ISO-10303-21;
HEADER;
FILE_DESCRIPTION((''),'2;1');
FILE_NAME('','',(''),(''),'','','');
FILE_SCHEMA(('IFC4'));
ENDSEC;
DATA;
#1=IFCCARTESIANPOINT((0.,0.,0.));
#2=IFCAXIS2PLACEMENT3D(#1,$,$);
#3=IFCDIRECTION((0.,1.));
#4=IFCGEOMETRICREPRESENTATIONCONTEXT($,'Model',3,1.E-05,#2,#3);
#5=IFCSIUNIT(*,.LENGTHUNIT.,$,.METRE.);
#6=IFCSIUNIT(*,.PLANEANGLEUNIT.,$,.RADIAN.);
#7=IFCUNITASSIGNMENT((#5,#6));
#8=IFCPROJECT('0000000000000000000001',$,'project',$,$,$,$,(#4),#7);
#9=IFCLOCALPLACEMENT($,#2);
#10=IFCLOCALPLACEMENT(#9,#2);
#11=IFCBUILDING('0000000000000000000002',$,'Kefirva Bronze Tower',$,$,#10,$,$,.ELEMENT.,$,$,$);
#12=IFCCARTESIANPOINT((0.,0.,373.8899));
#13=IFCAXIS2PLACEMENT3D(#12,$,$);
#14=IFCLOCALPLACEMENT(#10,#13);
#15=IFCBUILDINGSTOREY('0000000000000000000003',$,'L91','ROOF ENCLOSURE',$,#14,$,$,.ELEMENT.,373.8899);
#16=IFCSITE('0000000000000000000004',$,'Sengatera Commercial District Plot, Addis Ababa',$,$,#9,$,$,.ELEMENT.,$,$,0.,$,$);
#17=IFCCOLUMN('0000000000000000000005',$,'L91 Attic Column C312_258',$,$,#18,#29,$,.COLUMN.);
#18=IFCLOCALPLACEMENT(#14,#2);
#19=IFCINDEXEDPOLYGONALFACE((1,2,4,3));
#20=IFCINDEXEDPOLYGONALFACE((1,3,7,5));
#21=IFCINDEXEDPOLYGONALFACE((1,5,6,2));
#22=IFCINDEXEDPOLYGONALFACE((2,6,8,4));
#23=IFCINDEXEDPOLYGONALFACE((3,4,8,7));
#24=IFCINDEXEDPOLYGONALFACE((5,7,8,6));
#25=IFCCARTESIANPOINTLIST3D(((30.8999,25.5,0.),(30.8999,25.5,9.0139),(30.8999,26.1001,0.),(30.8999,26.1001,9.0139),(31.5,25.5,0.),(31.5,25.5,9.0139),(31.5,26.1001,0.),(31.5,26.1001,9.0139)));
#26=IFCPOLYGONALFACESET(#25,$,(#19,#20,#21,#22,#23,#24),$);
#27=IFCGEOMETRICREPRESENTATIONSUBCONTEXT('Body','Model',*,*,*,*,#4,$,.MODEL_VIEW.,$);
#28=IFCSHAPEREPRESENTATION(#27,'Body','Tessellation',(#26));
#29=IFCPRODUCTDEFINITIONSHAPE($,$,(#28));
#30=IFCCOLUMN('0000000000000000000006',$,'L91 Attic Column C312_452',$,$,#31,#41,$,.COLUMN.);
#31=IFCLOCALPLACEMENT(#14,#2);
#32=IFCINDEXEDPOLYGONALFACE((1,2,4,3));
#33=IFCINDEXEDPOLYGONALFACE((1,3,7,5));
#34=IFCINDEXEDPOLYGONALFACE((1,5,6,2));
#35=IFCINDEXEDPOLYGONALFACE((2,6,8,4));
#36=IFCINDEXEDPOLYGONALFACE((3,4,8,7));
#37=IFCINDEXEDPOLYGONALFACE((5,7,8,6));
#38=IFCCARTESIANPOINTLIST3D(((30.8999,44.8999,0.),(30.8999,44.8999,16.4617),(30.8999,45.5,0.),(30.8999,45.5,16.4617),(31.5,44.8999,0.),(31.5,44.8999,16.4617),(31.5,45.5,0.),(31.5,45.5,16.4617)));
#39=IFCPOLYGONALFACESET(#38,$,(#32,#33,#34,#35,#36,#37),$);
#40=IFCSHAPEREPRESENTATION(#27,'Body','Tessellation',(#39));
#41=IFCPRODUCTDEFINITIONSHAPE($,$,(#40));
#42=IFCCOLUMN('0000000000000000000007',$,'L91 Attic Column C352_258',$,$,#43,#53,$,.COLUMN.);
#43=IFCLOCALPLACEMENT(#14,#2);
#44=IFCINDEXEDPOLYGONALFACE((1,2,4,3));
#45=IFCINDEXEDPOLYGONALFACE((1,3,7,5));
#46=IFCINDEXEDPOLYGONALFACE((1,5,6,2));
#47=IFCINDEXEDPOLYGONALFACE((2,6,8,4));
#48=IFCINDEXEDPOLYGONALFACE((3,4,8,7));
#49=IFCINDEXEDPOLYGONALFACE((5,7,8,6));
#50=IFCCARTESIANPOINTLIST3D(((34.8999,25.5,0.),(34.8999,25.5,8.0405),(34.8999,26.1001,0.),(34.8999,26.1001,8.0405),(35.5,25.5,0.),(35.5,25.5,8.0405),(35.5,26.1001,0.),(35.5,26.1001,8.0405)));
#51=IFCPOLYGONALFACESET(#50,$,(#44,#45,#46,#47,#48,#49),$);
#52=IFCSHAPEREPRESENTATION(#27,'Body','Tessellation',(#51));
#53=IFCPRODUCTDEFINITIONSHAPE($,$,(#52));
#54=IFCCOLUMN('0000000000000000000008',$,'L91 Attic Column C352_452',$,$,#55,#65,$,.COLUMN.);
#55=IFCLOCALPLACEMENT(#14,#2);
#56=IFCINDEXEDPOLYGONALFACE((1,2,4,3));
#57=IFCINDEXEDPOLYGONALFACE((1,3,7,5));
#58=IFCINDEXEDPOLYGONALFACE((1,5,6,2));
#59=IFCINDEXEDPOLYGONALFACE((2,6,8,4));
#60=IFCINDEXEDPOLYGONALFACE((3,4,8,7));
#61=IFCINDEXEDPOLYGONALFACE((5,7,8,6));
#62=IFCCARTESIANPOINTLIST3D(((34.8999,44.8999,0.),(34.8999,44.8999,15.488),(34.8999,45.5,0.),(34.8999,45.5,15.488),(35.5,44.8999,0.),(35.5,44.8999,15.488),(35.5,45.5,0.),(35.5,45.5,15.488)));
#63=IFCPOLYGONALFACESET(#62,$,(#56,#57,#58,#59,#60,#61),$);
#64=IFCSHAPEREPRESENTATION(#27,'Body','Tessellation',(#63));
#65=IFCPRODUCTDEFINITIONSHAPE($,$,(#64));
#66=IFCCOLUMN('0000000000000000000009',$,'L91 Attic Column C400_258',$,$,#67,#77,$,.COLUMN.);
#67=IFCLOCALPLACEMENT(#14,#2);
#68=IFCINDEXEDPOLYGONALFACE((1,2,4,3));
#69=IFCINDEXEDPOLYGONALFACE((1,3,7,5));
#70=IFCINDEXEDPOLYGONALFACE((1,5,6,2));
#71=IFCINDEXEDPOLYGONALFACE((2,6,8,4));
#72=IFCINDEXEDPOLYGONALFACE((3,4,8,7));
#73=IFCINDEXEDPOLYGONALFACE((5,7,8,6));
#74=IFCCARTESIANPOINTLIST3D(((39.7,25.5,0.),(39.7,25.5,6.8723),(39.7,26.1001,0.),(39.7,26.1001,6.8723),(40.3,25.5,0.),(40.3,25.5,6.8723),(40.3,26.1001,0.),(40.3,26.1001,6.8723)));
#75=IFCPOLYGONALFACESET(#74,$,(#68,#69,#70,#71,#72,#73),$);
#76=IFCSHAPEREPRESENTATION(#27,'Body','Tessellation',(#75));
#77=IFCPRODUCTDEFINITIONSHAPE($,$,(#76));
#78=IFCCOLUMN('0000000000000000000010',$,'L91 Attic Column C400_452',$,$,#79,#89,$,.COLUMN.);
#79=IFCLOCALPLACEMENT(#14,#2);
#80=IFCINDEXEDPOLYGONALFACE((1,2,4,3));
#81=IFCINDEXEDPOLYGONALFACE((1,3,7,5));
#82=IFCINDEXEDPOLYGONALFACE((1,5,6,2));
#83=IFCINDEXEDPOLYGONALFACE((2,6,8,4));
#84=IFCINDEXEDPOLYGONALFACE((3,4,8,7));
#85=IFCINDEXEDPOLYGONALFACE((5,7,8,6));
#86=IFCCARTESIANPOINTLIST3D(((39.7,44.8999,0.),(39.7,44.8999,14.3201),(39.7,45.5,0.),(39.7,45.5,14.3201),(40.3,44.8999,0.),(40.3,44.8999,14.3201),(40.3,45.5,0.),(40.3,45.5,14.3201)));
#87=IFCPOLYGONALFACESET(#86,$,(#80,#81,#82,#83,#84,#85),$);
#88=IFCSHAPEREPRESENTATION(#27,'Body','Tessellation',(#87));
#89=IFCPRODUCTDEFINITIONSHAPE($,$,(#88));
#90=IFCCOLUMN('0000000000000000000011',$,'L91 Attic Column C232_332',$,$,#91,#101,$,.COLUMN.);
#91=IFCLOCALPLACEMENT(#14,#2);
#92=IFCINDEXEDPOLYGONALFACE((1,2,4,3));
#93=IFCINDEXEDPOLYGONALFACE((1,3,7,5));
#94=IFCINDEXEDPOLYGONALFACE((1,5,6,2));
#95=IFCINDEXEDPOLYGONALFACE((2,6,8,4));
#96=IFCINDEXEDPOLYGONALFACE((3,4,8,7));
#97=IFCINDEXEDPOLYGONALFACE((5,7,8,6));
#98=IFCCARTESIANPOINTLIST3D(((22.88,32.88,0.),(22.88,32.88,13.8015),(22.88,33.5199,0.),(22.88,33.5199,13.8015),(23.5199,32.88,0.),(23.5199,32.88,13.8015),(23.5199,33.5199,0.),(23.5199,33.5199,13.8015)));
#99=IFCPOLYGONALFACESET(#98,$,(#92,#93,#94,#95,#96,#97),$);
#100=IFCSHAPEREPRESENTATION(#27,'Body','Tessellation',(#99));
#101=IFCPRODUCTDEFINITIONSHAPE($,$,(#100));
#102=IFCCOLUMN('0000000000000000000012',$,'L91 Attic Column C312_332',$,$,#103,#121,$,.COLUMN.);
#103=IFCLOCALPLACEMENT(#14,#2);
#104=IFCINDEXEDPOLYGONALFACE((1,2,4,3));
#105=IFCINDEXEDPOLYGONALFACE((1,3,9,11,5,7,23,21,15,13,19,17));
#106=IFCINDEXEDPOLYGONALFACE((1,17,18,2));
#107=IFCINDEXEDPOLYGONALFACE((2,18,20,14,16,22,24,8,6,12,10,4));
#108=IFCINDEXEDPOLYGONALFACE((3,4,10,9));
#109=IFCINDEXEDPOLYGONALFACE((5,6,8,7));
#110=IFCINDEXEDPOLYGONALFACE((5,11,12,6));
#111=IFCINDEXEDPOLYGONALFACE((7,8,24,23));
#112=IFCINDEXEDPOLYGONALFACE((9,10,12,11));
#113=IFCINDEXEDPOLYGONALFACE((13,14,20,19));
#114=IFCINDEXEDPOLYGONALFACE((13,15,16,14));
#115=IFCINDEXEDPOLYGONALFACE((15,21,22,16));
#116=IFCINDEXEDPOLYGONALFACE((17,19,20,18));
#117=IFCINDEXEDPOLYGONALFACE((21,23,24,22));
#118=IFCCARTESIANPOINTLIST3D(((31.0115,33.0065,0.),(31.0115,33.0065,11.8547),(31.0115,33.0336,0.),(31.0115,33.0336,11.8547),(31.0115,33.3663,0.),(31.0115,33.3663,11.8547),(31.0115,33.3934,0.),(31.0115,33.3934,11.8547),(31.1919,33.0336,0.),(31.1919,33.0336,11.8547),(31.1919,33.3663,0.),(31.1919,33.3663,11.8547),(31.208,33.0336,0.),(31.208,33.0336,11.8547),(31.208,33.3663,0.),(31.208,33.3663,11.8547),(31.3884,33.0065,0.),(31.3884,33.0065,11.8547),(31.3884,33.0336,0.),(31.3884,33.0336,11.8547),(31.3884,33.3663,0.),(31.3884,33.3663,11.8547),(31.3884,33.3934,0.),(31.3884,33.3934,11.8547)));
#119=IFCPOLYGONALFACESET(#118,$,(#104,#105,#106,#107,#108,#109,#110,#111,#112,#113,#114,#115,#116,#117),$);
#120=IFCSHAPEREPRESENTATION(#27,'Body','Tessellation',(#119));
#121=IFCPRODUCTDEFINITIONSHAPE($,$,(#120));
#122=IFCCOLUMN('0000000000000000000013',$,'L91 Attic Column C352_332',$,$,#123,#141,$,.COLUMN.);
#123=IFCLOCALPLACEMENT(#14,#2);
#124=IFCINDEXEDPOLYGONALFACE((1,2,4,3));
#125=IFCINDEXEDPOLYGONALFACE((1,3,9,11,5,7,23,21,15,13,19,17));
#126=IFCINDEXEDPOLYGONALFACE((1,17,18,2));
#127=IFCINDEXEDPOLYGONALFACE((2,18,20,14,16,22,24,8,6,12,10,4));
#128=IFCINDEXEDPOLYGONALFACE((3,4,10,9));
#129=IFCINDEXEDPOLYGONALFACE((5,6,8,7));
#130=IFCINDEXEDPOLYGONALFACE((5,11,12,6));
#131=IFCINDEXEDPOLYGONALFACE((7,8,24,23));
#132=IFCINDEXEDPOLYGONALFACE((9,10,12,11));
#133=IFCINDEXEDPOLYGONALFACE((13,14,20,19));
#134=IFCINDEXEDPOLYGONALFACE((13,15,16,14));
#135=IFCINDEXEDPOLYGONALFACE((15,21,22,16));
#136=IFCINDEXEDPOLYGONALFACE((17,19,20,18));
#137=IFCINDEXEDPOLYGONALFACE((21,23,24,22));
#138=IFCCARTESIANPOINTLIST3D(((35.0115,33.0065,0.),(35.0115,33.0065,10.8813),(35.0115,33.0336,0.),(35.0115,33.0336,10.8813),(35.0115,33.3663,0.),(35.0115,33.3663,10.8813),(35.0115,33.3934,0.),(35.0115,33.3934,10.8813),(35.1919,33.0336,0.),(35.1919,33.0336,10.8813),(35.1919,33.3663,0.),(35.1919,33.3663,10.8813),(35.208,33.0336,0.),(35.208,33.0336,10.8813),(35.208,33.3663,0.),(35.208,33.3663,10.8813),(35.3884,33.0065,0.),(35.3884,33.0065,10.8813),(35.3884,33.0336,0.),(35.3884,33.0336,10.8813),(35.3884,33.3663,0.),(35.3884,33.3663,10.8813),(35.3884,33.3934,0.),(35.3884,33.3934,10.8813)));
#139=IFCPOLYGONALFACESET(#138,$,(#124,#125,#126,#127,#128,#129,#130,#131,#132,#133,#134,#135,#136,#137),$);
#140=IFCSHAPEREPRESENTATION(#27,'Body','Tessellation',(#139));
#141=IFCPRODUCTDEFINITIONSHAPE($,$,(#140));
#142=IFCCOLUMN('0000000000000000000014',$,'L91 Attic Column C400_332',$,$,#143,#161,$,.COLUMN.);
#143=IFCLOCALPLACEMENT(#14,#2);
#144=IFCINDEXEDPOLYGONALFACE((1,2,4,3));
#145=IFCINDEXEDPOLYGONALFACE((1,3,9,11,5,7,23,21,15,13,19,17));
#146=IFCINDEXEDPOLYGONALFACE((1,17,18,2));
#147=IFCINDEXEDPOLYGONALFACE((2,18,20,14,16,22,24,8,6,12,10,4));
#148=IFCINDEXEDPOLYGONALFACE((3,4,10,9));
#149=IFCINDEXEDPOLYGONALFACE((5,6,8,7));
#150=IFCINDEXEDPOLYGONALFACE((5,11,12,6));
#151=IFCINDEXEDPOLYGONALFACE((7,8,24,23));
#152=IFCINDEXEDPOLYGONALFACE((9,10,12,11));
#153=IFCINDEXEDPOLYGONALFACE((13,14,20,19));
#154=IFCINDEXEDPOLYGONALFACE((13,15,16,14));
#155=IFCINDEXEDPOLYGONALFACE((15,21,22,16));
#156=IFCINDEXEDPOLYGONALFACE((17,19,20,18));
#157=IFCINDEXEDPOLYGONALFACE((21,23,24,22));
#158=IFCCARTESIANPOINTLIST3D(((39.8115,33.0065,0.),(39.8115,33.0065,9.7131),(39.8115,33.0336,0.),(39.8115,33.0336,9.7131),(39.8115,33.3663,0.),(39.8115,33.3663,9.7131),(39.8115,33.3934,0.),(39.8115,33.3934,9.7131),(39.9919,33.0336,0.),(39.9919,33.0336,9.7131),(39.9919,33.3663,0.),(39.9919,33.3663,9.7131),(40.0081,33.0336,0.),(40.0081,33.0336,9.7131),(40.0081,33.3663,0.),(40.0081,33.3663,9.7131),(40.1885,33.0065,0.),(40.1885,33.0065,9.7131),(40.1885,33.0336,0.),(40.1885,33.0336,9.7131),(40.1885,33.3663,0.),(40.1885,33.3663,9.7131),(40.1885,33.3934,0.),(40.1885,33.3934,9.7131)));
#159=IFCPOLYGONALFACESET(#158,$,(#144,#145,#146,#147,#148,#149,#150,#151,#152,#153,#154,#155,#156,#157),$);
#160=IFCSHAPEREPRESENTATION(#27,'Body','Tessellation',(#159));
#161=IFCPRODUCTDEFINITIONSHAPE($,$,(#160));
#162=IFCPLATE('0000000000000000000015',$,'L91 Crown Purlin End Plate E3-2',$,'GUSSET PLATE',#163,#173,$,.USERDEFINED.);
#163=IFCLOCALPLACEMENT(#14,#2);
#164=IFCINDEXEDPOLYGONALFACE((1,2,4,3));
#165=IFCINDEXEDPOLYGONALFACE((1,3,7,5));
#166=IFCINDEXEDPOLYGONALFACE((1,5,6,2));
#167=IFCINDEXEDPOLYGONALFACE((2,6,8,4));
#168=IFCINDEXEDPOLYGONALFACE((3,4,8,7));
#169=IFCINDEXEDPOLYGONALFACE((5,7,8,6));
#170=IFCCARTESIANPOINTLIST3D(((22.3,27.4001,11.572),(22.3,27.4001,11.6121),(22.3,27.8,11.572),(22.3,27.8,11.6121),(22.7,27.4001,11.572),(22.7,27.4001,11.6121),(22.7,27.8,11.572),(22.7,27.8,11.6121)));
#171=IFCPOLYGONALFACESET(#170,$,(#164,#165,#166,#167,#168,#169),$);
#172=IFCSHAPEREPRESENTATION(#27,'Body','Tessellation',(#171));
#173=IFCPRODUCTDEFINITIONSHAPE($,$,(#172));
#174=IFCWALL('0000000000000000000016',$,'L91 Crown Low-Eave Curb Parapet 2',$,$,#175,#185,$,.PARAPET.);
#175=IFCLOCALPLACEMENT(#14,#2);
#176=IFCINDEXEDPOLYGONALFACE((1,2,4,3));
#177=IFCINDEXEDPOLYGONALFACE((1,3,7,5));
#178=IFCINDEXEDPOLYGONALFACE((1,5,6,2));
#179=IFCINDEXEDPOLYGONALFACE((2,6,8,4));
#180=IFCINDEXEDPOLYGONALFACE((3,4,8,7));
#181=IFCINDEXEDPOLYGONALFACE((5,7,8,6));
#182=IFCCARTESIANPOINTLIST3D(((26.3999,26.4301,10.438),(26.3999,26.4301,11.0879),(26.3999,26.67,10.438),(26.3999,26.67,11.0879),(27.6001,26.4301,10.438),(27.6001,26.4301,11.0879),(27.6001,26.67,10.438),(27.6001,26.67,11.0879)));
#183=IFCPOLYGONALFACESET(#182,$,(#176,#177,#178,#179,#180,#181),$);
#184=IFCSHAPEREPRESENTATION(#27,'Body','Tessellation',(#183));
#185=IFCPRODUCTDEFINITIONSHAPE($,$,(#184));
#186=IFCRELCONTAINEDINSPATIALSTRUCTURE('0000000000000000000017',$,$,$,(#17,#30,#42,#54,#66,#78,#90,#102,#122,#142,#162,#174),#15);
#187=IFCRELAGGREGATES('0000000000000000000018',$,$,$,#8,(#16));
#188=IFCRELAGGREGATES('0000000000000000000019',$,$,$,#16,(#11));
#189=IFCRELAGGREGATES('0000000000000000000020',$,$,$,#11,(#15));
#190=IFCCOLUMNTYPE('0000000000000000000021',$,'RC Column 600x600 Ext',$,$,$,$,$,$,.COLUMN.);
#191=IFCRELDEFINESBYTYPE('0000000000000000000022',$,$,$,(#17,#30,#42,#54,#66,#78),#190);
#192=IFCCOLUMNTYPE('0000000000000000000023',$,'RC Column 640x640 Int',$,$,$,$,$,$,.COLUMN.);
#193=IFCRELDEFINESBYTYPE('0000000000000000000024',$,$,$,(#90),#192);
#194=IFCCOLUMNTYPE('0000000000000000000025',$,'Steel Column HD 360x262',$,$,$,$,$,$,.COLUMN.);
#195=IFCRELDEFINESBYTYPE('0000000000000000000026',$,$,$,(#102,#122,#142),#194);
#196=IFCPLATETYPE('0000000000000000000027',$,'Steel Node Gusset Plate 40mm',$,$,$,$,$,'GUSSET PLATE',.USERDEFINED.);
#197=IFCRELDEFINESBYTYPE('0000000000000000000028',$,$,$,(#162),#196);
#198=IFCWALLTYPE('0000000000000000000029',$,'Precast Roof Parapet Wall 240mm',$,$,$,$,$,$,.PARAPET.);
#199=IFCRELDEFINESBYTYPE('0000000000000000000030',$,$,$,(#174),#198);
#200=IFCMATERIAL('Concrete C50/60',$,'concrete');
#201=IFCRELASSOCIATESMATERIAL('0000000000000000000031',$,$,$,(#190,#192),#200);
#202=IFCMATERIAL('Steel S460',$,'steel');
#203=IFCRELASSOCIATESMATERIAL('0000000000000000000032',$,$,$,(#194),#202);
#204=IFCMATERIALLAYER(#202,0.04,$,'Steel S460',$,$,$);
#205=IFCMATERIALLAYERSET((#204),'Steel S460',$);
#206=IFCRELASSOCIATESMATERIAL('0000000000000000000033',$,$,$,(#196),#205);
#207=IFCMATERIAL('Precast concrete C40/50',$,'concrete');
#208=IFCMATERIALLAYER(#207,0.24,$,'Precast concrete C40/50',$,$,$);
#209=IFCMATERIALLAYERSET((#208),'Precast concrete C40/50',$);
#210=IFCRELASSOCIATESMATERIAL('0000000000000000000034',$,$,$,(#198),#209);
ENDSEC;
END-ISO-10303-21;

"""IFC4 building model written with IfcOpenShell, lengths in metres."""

from ifc_helpers import new_model, si_unit, direction, frame, frame_2d, origin, origin_2d, place, context, subcontext, project, spatial, rectangle, i_section, extrude, material, layer, layer_set, material_profile, profile_set, type_object, element, save


model = new_model("IFC4")

# Units and contexts
model_context = context("Model", 3, precision=1e-05, world=origin(), true_north=direction((0.0, 1.0)))
body_context = subcontext(model_context, "Body", "Model", "MODEL_VIEW")
ifc_project = project(units=[si_unit("LENGTHUNIT", "METRE"), si_unit("PLANEANGLEUNIT", "RADIAN")], contexts=[model_context])

# Site, building, storey
site_placement = place(None, origin())
site = spatial("IfcSite", under=ifc_project, at=site_placement, Name="Sengatera Commercial District Plot, Addis Ababa", CompositionType="ELEMENT", RefElevation=0.0)
building_placement = place(site_placement, origin())
building = spatial("IfcBuilding", under=site, at=building_placement, Name="Kefirva Bronze Tower", CompositionType="ELEMENT")
storey_placement = place(building_placement, frame((0.0, 0.0, 373.8899)))
storey = spatial("IfcBuildingStorey", under=building, at=storey_placement, Name="L91", Description="ROOF ENCLOSURE", CompositionType="ELEMENT", Elevation=373.8899)

# Columns
ifc_material_1 = material(Name="Concrete C50/60", Category="concrete")
ifc_material_profile_1 = material_profile(ifc_material_1, rectangle(XDim=0.6001, YDim=0.6001, at=origin_2d()), Name="RC 600x600")
ifc_profile_set_1 = profile_set([ifc_material_profile_1], Name="Concrete C50/60")
column_type_1 = type_object("IfcColumnType", Name="RC Column 600x600 Ext", PredefinedType="COLUMN", material=ifc_profile_set_1)
column_1_placement = place(storey_placement, frame((31.2, 25.8, 0.0), z_axis=(0.0, 0.0, 1.0), x_axis=(1.0, 0.0, 0.0)))
element("IfcColumn", 1, at=column_1_placement, inside=storey, type_object=column_type_1, Name="L91 Attic Column C312_258", PredefinedType="COLUMN", context=body_context, shape_type="SweptSolid", body=[
    extrude(rectangle(XDim=0.6001, YDim=0.6001, at=origin_2d()), origin(), (0.0, 0.0, 1.0), 9.0139),
])
column_2_placement = place(storey_placement, frame((31.2, 45.2, 0.0), z_axis=(0.0, 0.0, 1.0), x_axis=(1.0, 0.0, 0.0)))
element("IfcColumn", 2, at=column_2_placement, inside=storey, type_object=column_type_1, Name="L91 Attic Column C312_452", PredefinedType="COLUMN", context=body_context, shape_type="SweptSolid", body=[
    extrude(rectangle(XDim=0.6001, YDim=0.6001, at=origin_2d()), origin(), (0.0, 0.0, 1.0), 16.4617),
])
column_3_placement = place(storey_placement, frame((35.2, 25.8, 0.0), z_axis=(0.0, 0.0, 1.0), x_axis=(1.0, 0.0, 0.0)))
element("IfcColumn", 3, at=column_3_placement, inside=storey, type_object=column_type_1, Name="L91 Attic Column C352_258", PredefinedType="COLUMN", context=body_context, shape_type="SweptSolid", body=[
    extrude(rectangle(XDim=0.6001, YDim=0.6001, at=origin_2d()), origin(), (0.0, 0.0, 1.0), 8.0405),
])
column_4_placement = place(storey_placement, frame((35.2, 45.2, 0.0), z_axis=(0.0, 0.0, 1.0), x_axis=(1.0, 0.0, 0.0)))
element("IfcColumn", 4, at=column_4_placement, inside=storey, type_object=column_type_1, Name="L91 Attic Column C352_452", PredefinedType="COLUMN", context=body_context, shape_type="SweptSolid", body=[
    extrude(rectangle(XDim=0.6001, YDim=0.6001, at=origin_2d()), origin(), (0.0, 0.0, 1.0), 15.488),
])
column_5_placement = place(storey_placement, frame((40.0, 25.8, 0.0), z_axis=(0.0, 0.0, 1.0), x_axis=(1.0, 0.0, 0.0)))
element("IfcColumn", 5, at=column_5_placement, inside=storey, type_object=column_type_1, Name="L91 Attic Column C400_258", PredefinedType="COLUMN", context=body_context, shape_type="SweptSolid", body=[
    extrude(rectangle(XDim=0.6001, YDim=0.6001, at=origin_2d()), origin(), (0.0, 0.0, 1.0), 6.8723),
])
column_6_placement = place(storey_placement, frame((40.0, 45.2, 0.0), z_axis=(0.0, 0.0, 1.0), x_axis=(1.0, 0.0, 0.0)))
element("IfcColumn", 6, at=column_6_placement, inside=storey, type_object=column_type_1, Name="L91 Attic Column C400_452", PredefinedType="COLUMN", context=body_context, shape_type="SweptSolid", body=[
    extrude(rectangle(XDim=0.6001, YDim=0.6001, at=origin_2d()), origin(), (0.0, 0.0, 1.0), 14.3201),
])
ifc_material_profile_2 = material_profile(ifc_material_1, rectangle(XDim=0.6399, YDim=0.6399, at=origin_2d()), Name="RC 640x640")
ifc_profile_set_2 = profile_set([ifc_material_profile_2], Name="Concrete C50/60")
column_type_2 = type_object("IfcColumnType", Name="RC Column 640x640 Int", PredefinedType="COLUMN", material=ifc_profile_set_2)
column_7_placement = place(storey_placement, frame((23.2, 33.2, 0.0), z_axis=(0.0, 0.0, 1.0), x_axis=(1.0, 0.0, 0.0)))
element("IfcColumn", 7, at=column_7_placement, inside=storey, type_object=column_type_2, Name="L91 Attic Column C232_332", PredefinedType="COLUMN", context=body_context, shape_type="SweptSolid", body=[
    extrude(rectangle(XDim=0.6399, YDim=0.6399, at=origin_2d()), origin(), (0.0, 0.0, 1.0), 13.8015),
])
ifc_material_2 = material(Name="Steel S460", Category="steel")
ifc_material_profile_3 = material_profile(ifc_material_2, i_section(OverallWidth=0.377, OverallDepth=0.387, WebThickness=0.0161, FlangeThickness=0.0271, at=origin_2d()), Name="HD 360x262")
ifc_profile_set_3 = profile_set([ifc_material_profile_3], Name="Steel S460")
column_type_3 = type_object("IfcColumnType", Name="Steel Column HD 360x262", PredefinedType="COLUMN", material=ifc_profile_set_3)
column_8_placement = place(storey_placement, frame((31.2, 33.2, 0.0), z_axis=(0.0, 0.0, 1.0), x_axis=(1.0, 0.0, 0.0)))
element("IfcColumn", 8, at=column_8_placement, inside=storey, type_object=column_type_3, Name="L91 Attic Column C312_332", PredefinedType="COLUMN", context=body_context, shape_type="SweptSolid", body=[
    extrude(i_section(OverallWidth=0.377, OverallDepth=0.387, WebThickness=0.0161, FlangeThickness=0.0271, at=origin_2d()), origin(), (0.0, 0.0, 1.0), 11.8547),
])
column_9_placement = place(storey_placement, frame((35.2, 33.2, 0.0), z_axis=(0.0, 0.0, 1.0), x_axis=(1.0, 0.0, 0.0)))
element("IfcColumn", 9, at=column_9_placement, inside=storey, type_object=column_type_3, Name="L91 Attic Column C352_332", PredefinedType="COLUMN", context=body_context, shape_type="SweptSolid", body=[
    extrude(i_section(OverallWidth=0.377, OverallDepth=0.387, WebThickness=0.0161, FlangeThickness=0.0271, at=origin_2d()), origin(), (0.0, 0.0, 1.0), 10.8813),
])
column_10_placement = place(storey_placement, frame((40.0, 33.2, 0.0), z_axis=(0.0, 0.0, 1.0), x_axis=(1.0, 0.0, 0.0)))
element("IfcColumn", 10, at=column_10_placement, inside=storey, type_object=column_type_3, Name="L91 Attic Column C400_332", PredefinedType="COLUMN", context=body_context, shape_type="SweptSolid", body=[
    extrude(i_section(OverallWidth=0.377, OverallDepth=0.387, WebThickness=0.0161, FlangeThickness=0.0271, at=origin_2d()), origin(), (0.0, 0.0, 1.0), 9.7131),
])

# Plate
ifc_layer_1 = layer(ifc_material_2, 0.04, Name="Steel S460")
ifc_layer_set_1 = layer_set([ifc_layer_1], Name="Steel S460")
plate_type = type_object("IfcPlateType", Name="Steel Node Gusset Plate 40mm", ElementType="GUSSET PLATE", PredefinedType="USERDEFINED", material=ifc_layer_set_1)
plate_placement = place(storey_placement, frame((22.5, 27.6001, 11.572), z_axis=(0.0, 0.0, 1.0), x_axis=(1.0, 0.0, 0.0)))
element("IfcPlate", 11, at=plate_placement, inside=storey, type_object=plate_type, Name="L91 Crown Purlin End Plate E3-2", ObjectType="GUSSET PLATE", PredefinedType="USERDEFINED", context=body_context, shape_type="SweptSolid", body=[
    extrude(rectangle(XDim=0.3999, YDim=0.3999, at=origin_2d()), origin(), (0.0, 0.0, 1.0), 0.04),
])

# Wall
ifc_material_3 = material(Name="Precast concrete C40/50", Category="concrete")
ifc_layer_2 = layer(ifc_material_3, 0.24, Name="Precast concrete C40/50")
ifc_layer_set_2 = layer_set([ifc_layer_2], Name="Precast concrete C40/50")
wall_type_1 = type_object("IfcWallType", Name="Precast Roof Parapet Wall 240mm", PredefinedType="PARAPET", material=ifc_layer_set_2)
wall_1_placement = place(storey_placement, frame((26.3999, 26.55, 10.438), z_axis=(0.0, 0.0, 1.0), x_axis=(1.0, 0.0, 0.0)))
element("IfcWall", 12, at=wall_1_placement, inside=storey, type_object=wall_type_1, Name="L91 Crown Low-Eave Curb Parapet 2", PredefinedType="PARAPET", context=body_context, shape_type="SweptSolid", body=[
    extrude(rectangle(XDim=1.2002, YDim=0.24, at=frame_2d((0.6001, 0.0))), origin(), (0.0, 0.0, 1.0), 0.6499),
])

save(model, "model.ifc")
